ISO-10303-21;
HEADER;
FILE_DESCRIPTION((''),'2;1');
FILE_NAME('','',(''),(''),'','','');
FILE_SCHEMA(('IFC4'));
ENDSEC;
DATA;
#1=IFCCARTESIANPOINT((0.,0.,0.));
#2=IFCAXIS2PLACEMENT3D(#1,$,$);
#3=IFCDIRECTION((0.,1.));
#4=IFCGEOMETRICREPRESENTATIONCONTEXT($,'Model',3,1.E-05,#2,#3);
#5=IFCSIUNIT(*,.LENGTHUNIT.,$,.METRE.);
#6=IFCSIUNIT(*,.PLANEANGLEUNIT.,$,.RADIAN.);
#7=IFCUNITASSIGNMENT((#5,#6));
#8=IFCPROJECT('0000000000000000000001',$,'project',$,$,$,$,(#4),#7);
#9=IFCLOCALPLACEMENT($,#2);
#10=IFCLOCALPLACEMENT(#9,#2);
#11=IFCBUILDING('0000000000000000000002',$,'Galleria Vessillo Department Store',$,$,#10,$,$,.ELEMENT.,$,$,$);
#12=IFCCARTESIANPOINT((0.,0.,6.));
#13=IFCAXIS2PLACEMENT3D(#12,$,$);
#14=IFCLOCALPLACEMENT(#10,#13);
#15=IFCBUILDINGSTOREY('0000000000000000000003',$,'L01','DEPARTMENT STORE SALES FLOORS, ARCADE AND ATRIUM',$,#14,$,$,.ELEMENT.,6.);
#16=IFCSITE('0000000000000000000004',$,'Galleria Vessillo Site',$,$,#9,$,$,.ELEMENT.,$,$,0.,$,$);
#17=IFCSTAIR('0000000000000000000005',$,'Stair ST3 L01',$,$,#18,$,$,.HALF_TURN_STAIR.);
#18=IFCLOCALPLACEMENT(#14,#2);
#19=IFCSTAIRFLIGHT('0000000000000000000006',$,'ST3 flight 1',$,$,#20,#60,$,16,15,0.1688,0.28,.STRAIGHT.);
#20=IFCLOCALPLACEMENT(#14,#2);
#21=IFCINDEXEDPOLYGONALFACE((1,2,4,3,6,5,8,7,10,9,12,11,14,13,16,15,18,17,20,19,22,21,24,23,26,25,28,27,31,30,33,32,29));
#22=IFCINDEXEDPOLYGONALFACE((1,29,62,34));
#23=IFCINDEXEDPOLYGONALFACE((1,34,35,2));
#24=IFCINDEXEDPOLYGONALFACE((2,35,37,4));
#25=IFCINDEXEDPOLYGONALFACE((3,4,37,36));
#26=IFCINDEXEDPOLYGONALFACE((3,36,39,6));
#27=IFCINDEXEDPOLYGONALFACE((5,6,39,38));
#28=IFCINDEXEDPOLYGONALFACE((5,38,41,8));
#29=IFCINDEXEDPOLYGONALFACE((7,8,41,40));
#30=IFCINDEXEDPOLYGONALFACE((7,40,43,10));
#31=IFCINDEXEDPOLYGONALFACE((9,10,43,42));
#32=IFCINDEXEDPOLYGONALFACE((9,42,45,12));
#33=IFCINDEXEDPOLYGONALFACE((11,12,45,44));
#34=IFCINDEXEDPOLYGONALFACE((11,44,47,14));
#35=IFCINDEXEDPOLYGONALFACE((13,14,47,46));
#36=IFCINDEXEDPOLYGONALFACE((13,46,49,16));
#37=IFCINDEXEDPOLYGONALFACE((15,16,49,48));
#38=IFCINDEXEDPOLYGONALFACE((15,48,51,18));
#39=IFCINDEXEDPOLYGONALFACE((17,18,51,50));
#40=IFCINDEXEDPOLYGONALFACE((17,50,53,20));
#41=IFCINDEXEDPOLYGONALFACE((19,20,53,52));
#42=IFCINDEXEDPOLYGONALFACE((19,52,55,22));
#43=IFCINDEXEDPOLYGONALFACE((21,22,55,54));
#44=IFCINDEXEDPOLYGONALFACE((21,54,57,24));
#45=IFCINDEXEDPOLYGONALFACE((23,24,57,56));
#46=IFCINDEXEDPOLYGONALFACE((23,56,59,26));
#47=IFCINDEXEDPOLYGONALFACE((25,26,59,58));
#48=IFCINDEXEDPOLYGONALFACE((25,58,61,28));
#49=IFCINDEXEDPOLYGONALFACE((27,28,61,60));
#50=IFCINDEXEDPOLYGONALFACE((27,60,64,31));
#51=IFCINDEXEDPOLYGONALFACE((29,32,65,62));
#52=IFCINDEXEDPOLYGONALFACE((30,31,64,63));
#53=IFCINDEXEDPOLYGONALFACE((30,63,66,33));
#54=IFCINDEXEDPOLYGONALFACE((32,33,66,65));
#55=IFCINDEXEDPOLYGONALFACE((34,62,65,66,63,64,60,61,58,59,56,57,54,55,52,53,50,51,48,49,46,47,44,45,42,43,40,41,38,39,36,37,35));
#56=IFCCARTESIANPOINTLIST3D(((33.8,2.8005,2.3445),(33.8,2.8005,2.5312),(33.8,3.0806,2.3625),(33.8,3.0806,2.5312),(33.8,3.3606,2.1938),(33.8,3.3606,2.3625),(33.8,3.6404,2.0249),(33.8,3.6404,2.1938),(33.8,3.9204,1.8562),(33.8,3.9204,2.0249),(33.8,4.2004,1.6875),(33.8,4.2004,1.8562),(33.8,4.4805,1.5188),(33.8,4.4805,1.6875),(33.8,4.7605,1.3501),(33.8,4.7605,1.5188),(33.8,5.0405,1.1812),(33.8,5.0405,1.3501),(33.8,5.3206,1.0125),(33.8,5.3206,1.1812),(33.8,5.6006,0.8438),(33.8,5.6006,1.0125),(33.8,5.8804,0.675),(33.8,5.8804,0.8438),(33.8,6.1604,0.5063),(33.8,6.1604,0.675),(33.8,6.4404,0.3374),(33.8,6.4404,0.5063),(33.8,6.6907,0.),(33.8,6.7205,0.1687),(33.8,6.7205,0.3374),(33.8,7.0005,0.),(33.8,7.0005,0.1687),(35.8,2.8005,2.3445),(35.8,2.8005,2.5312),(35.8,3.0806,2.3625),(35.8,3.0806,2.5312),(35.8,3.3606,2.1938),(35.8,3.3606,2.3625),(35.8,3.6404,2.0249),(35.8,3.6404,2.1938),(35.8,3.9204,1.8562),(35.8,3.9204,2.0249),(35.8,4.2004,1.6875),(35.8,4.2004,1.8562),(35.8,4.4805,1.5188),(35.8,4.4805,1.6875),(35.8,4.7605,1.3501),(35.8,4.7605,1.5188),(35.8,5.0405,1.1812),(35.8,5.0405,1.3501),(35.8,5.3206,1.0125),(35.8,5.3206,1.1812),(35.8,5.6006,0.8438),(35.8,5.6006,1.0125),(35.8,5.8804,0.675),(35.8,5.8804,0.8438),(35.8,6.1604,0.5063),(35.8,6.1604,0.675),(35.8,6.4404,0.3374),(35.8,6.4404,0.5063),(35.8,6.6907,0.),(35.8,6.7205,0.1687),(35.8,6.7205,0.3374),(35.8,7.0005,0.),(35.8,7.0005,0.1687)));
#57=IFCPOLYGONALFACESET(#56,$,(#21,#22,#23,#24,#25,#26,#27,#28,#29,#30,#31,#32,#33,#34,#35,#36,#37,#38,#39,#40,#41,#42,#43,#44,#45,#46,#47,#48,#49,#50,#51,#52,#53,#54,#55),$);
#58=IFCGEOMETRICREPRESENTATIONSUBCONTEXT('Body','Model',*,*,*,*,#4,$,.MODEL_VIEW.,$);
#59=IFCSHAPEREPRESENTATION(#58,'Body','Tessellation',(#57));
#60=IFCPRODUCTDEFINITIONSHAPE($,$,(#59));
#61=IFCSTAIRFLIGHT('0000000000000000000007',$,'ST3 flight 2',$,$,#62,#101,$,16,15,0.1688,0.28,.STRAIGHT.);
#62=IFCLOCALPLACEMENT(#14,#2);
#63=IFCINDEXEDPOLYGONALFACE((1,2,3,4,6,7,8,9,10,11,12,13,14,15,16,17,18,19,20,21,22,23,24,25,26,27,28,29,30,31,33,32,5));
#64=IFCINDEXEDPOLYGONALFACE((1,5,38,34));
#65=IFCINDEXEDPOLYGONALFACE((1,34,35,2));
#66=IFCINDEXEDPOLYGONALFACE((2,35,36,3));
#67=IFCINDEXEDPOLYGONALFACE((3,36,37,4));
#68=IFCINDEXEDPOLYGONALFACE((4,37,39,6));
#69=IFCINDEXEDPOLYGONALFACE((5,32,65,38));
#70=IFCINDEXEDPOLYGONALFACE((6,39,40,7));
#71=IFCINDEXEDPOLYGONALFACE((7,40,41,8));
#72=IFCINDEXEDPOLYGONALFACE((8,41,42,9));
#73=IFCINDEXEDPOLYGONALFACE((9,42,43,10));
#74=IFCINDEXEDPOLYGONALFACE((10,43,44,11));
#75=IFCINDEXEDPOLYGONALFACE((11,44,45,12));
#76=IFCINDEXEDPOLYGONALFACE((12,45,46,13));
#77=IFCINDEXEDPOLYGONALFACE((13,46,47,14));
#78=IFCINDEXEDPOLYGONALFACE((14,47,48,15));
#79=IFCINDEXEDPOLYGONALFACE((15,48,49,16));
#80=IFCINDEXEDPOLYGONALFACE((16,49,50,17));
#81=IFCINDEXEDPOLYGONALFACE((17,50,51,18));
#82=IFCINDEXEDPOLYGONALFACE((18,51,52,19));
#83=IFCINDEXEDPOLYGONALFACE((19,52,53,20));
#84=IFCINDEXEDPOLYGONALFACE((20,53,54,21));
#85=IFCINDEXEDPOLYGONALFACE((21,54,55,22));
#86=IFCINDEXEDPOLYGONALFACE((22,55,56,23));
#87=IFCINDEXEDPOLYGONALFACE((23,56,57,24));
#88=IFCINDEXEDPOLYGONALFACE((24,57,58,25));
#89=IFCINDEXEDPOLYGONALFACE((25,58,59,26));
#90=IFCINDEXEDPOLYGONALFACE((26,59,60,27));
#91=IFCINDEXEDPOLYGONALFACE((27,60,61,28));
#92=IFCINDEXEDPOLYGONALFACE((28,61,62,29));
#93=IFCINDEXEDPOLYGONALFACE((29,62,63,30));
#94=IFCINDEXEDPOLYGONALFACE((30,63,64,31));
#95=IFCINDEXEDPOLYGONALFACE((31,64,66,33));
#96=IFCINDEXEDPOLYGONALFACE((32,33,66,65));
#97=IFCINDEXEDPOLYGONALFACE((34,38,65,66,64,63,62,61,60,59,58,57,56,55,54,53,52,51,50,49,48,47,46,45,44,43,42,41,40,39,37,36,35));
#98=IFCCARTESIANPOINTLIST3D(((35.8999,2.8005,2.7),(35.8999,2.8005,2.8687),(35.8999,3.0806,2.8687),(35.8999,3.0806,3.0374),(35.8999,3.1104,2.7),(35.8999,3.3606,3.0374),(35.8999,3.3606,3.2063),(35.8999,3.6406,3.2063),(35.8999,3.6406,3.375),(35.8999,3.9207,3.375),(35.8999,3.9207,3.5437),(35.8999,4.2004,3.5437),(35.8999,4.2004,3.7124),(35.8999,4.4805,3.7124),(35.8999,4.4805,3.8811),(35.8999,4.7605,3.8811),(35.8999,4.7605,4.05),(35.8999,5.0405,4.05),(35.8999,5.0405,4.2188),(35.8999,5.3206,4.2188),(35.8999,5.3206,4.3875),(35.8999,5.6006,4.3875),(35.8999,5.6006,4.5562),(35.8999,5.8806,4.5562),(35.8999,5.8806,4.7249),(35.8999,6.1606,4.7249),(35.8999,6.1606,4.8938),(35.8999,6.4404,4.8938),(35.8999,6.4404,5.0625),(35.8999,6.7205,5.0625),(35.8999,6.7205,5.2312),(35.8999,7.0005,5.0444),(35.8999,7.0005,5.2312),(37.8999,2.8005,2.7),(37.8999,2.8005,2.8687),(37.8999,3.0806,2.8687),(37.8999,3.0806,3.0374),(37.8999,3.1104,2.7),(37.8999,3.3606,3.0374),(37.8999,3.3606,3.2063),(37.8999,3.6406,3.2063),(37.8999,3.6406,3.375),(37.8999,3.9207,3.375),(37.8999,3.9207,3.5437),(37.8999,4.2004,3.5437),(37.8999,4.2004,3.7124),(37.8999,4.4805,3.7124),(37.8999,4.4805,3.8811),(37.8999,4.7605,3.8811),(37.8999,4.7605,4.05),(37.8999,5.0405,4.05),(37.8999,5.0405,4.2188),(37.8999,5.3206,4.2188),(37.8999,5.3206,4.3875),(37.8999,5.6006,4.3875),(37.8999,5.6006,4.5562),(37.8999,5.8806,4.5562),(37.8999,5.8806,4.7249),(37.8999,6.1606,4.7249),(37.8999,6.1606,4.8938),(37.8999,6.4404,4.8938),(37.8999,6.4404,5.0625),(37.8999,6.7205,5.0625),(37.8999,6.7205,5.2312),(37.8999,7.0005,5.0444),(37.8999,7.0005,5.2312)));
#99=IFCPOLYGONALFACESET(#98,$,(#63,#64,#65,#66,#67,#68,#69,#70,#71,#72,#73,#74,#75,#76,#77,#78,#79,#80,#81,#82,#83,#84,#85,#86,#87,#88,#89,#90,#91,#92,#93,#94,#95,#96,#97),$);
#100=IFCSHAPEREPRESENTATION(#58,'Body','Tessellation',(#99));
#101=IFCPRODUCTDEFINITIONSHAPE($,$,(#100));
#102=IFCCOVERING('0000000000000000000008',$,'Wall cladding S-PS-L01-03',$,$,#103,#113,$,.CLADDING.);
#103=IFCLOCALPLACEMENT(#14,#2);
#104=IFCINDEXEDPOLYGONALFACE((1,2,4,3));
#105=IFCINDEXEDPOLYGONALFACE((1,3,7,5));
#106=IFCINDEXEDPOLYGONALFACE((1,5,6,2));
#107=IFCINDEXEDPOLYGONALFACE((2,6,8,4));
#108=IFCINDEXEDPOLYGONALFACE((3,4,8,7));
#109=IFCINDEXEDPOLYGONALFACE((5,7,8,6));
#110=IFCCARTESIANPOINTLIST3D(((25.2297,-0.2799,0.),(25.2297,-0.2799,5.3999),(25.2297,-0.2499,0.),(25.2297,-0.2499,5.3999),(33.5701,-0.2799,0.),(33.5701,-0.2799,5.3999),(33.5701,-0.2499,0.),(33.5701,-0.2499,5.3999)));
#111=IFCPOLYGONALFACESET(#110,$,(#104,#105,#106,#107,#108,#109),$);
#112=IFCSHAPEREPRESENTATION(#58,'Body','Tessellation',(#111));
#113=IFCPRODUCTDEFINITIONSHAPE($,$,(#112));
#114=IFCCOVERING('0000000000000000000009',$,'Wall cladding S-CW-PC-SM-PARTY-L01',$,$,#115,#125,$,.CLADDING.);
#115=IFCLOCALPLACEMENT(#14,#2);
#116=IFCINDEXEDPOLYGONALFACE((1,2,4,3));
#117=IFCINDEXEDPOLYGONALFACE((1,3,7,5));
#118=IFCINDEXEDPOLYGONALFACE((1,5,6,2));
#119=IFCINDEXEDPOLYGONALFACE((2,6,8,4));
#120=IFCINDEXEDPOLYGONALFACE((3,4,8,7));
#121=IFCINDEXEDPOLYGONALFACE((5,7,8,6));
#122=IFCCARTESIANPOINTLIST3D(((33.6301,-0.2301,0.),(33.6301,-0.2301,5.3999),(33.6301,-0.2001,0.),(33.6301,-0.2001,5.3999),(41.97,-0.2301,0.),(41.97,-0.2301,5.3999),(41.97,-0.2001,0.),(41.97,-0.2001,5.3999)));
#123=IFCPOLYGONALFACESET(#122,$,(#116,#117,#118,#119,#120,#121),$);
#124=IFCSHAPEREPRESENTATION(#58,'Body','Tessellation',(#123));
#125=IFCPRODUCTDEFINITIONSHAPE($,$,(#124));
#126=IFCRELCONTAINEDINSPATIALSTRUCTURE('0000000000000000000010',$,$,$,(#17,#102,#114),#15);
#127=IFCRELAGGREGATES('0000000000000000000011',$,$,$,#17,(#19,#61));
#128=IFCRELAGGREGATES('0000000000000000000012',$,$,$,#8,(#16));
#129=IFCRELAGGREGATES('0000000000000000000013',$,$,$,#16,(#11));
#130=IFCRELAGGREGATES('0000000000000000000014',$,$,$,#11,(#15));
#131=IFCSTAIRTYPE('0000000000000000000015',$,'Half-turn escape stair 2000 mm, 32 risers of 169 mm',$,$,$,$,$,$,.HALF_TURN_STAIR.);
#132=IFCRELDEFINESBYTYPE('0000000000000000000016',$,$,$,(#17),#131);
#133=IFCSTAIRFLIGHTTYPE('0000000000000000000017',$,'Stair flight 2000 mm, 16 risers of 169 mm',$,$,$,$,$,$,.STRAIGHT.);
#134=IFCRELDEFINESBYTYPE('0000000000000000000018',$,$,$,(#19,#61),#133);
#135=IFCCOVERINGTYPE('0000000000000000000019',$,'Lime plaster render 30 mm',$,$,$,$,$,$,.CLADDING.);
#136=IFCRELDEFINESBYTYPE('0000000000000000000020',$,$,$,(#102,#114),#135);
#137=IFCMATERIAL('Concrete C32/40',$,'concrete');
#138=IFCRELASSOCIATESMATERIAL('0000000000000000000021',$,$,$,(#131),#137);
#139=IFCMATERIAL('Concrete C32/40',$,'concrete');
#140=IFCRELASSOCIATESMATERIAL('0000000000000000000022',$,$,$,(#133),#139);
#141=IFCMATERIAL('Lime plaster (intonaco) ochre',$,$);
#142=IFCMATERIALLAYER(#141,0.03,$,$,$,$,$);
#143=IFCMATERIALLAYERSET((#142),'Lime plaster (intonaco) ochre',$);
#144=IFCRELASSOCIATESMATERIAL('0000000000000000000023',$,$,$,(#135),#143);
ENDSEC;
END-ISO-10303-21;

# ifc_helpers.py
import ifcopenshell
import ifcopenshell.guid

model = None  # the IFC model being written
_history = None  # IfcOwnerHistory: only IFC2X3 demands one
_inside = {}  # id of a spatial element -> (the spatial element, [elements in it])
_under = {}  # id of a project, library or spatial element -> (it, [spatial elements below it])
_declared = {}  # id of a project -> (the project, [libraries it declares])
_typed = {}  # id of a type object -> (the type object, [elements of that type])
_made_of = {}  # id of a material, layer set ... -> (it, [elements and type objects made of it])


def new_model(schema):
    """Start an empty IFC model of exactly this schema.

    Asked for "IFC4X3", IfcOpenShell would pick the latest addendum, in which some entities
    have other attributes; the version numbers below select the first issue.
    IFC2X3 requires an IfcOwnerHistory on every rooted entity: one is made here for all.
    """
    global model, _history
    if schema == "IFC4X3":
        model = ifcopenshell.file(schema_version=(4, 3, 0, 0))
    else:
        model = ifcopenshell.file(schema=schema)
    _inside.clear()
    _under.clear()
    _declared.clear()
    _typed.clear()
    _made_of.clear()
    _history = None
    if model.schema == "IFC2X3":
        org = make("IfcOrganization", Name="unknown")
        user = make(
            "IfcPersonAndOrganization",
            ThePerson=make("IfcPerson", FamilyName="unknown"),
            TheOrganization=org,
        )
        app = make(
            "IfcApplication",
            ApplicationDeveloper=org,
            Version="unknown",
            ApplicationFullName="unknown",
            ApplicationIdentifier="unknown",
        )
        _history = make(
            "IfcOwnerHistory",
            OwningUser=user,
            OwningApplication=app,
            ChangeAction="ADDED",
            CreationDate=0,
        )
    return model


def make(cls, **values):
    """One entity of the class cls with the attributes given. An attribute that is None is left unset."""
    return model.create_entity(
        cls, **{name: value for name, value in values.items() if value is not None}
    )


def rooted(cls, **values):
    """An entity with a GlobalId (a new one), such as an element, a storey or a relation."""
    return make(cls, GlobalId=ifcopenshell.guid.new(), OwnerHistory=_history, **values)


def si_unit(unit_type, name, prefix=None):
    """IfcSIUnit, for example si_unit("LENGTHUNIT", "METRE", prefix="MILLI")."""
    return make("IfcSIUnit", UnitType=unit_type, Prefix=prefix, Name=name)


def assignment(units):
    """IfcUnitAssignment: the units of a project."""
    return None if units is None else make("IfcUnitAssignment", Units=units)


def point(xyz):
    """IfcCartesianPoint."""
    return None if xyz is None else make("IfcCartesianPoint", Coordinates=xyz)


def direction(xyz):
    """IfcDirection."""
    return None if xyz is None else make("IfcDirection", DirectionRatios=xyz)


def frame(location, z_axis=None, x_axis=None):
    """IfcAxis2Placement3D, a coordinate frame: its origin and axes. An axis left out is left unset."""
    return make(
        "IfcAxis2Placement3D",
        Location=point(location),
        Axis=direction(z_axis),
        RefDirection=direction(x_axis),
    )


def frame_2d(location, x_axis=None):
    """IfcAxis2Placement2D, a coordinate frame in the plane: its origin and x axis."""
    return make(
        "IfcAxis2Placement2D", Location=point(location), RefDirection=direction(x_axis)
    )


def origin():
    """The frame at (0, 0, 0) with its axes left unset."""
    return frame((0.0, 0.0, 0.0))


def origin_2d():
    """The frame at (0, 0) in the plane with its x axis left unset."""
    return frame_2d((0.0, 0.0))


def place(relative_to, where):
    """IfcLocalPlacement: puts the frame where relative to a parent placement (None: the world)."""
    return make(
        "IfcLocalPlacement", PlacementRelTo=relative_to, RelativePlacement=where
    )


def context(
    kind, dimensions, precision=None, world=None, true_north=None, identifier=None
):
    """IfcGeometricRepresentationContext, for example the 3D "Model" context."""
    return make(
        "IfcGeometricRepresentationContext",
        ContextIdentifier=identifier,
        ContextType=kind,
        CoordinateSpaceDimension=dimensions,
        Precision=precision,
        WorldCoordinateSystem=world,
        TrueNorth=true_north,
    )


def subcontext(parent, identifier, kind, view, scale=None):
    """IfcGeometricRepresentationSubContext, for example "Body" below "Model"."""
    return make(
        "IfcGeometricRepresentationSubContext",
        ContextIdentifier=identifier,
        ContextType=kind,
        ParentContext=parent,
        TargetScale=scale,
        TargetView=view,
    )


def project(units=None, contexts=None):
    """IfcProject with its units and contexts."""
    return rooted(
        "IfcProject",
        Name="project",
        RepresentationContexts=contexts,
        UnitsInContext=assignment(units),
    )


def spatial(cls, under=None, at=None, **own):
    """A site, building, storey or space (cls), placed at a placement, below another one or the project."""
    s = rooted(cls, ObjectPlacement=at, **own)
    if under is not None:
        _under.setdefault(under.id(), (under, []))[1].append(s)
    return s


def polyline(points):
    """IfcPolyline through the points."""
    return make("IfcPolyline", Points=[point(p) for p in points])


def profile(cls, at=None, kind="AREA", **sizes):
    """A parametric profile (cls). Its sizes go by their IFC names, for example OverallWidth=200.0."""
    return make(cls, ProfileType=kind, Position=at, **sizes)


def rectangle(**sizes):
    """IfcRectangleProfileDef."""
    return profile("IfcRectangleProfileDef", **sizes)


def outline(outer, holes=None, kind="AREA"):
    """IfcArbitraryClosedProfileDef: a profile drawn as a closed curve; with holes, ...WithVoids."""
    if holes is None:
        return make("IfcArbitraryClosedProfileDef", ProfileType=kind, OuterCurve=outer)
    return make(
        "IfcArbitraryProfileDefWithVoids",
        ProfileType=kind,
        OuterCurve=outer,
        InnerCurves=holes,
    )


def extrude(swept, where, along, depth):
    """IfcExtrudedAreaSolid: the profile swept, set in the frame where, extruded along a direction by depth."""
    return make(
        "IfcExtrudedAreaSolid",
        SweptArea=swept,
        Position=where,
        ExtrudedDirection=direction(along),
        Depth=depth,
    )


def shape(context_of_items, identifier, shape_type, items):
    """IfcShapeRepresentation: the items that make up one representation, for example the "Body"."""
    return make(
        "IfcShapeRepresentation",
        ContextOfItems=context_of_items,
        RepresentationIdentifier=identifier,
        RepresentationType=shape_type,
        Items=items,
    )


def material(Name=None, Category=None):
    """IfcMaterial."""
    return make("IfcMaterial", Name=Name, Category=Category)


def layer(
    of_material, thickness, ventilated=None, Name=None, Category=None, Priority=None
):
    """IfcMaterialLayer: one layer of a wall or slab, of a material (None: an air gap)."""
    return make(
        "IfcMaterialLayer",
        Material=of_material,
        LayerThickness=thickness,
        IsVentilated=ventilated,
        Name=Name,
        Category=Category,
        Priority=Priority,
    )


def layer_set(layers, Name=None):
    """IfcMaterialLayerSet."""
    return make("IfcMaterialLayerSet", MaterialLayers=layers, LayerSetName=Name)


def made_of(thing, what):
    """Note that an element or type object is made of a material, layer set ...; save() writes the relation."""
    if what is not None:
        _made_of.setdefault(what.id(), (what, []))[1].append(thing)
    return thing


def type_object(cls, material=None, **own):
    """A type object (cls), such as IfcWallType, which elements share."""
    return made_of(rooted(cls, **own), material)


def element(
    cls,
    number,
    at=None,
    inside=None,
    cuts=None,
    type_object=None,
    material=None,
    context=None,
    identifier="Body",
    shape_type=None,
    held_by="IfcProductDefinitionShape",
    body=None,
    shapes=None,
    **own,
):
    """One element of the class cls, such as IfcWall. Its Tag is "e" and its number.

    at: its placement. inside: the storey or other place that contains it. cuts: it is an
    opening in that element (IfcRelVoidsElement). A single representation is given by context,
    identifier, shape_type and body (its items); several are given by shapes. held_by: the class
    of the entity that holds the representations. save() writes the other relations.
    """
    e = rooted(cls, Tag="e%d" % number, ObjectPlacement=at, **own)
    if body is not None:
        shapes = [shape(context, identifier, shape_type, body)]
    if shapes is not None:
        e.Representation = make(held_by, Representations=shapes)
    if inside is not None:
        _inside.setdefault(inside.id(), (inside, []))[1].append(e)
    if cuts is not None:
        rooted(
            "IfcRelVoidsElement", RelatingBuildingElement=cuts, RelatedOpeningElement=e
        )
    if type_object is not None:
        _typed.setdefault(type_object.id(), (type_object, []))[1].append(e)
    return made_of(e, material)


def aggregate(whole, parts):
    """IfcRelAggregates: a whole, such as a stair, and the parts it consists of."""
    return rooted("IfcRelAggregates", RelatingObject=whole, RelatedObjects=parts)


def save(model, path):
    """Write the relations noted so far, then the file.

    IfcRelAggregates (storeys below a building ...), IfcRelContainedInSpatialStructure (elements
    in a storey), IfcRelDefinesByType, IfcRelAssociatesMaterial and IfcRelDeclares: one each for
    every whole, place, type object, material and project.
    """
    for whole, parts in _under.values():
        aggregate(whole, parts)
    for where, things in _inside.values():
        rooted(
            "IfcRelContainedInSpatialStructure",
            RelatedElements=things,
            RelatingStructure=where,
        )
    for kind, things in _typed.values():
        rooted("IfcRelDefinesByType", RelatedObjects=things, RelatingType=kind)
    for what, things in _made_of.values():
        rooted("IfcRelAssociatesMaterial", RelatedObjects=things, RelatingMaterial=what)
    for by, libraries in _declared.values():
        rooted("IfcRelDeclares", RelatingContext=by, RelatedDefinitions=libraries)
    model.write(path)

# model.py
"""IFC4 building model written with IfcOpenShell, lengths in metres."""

from ifc_helpers import new_model, si_unit, direction, frame, origin, origin_2d, place, context, subcontext, project, spatial, polyline, rectangle, outline, extrude, material, layer, layer_set, type_object, element, aggregate, save


model = new_model("IFC4")

# Units and contexts
model_context = context("Model", 3, precision=1e-05, world=origin(), true_north=direction((0.0, 1.0)))
body_context = subcontext(model_context, "Body", "Model", "MODEL_VIEW")
ifc_project = project(units=[si_unit("LENGTHUNIT", "METRE"), si_unit("PLANEANGLEUNIT", "RADIAN")], contexts=[model_context])

# Site, building, storey
site_placement = place(None, origin())
site = spatial("IfcSite", under=ifc_project, at=site_placement, Name="Galleria Vessillo Site", CompositionType="ELEMENT", RefElevation=0.0)
building_placement = place(site_placement, origin())
building = spatial("IfcBuilding", under=site, at=building_placement, Name="Galleria Vessillo Department Store", CompositionType="ELEMENT")
storey_placement = place(building_placement, frame((0.0, 0.0, 6.0)))
storey = spatial("IfcBuildingStorey", under=building, at=storey_placement, Name="L01", Description="DEPARTMENT STORE SALES FLOORS, ARCADE AND ATRIUM", CompositionType="ELEMENT", Elevation=6.0)

# Stair, stair flights
ifc_material_1 = material(Name="Concrete C32/40", Category="concrete")
stair_type = type_object("IfcStairType", Name="Half-turn escape stair 2000 mm, 32 risers of 169 mm", PredefinedType="HALF_TURN_STAIR", material=ifc_material_1)
stair_placement = place(storey_placement, origin())
stair = element("IfcStair", 1, at=stair_placement, inside=storey, type_object=stair_type, Name="Stair ST3 L01", PredefinedType="HALF_TURN_STAIR")
ifc_material_2 = material(Name="Concrete C32/40", Category="concrete")
stair_flight_type = type_object("IfcStairFlightType", Name="Stair flight 2000 mm, 16 risers of 169 mm", PredefinedType="STRAIGHT", material=ifc_material_2)
stair_flight_1_placement = place(storey_placement, frame((34.8, 7.0005, 0.0), z_axis=(0.0, 0.0, 1.0), x_axis=(0.0, -1.0, 0.0)))
stair_flight_1 = element("IfcStairFlight", 2, at=stair_flight_1_placement, type_object=stair_flight_type, Name="ST3 flight 1", NumberOfRisers=16, NumberOfTreads=15, PredefinedType="STRAIGHT", RiserHeight=0.1688, TreadLength=0.28, context=body_context, shape_type="SweptSolid", body=[
    extrude(outline(polyline([(0.0, 0.0), (0.0, 0.1687), (0.28, 0.1687), (0.28, 0.3374), (0.5601, 0.3374), (0.5601, 0.5063), (0.8401, 0.5063), (0.8401, 0.675), (1.1201, 0.675), (1.1201, 0.8438), (1.3999, 0.8438), (1.3999, 1.0125), (1.6799, 1.0125), (1.6799, 1.1812), (1.96, 1.1812), (1.96, 1.3501), (2.24, 1.3501), (2.24, 1.5188), (2.52, 1.5188), (2.52, 1.6875), (2.8, 1.6875), (2.8, 1.8562), (3.0801, 1.8562), (3.0801, 2.0249), (3.3601, 2.0249), (3.3601, 2.1938), (3.6399, 2.1938), (3.6399, 2.3625), (3.9199, 2.3625), (3.9199, 2.5312), (4.2, 2.5312), (4.2, 2.7), (4.2, 2.3445), (0.3098, 0.0), (0.0, 0.0)])), frame((0.0, 1.0, 0.0), z_axis=(0.0, -1.0, 0.0), x_axis=(1.0, 0.0, 0.0)), (0.0, 0.0, 1.0), 2.0),
])
stair_flight_2_placement = place(storey_placement, frame((36.8999, 2.8005, 2.7), z_axis=(0.0, 0.0, 1.0), x_axis=(0.0, 1.0, 0.0)))
stair_flight_2 = element("IfcStairFlight", 3, at=stair_flight_2_placement, type_object=stair_flight_type, Name="ST3 flight 2", NumberOfRisers=16, NumberOfTreads=15, PredefinedType="STRAIGHT", RiserHeight=0.1688, TreadLength=0.28, context=body_context, shape_type="SweptSolid", body=[
    extrude(outline(polyline([(0.0, 0.0), (0.0, 0.1687), (0.28, 0.1687), (0.28, 0.3374), (0.5601, 0.3374), (0.5601, 0.5063), (0.8401, 0.5063), (0.8401, 0.675), (1.1201, 0.675), (1.1201, 0.8438), (1.3999, 0.8438), (1.3999, 1.0125), (1.6799, 1.0125), (1.6799, 1.1812), (1.96, 1.1812), (1.96, 1.3501), (2.24, 1.3501), (2.24, 1.5188), (2.52, 1.5188), (2.52, 1.6875), (2.8, 1.6875), (2.8, 1.8562), (3.0801, 1.8562), (3.0801, 2.0249), (3.3601, 2.0249), (3.3601, 2.1938), (3.6399, 2.1938), (3.6399, 2.3625), (3.9199, 2.3625), (3.9199, 2.5312), (4.2, 2.5312), (4.2, 2.7), (4.2, 2.3445), (0.3098, 0.0), (0.0, 0.0)])), frame((0.0, 1.0, 0.0), z_axis=(0.0, -1.0, 0.0), x_axis=(1.0, 0.0, 0.0)), (0.0, 0.0, 1.0), 2.0),
])
aggregate(stair, [stair_flight_1, stair_flight_2])

# Coverings
ifc_material_3 = material(Name="Lime plaster (intonaco) ochre")
ifc_layer_1 = layer(ifc_material_3, 0.03)
ifc_layer_set_1 = layer_set([ifc_layer_1], Name="Lime plaster (intonaco) ochre")
covering_type = type_object("IfcCoveringType", Name="Lime plaster render 30 mm", PredefinedType="CLADDING", material=ifc_layer_set_1)
covering_1_placement = place(storey_placement, frame((29.3999, -0.2649, 0.0), z_axis=(0.0, 0.0, 1.0), x_axis=(1.0, 0.0, 0.0)))
element("IfcCovering", 4, at=covering_1_placement, inside=storey, type_object=covering_type, Name="Wall cladding S-PS-L01-03", PredefinedType="CLADDING", context=body_context, shape_type="SweptSolid", body=[
    extrude(rectangle(XDim=8.3403, YDim=0.03, at=origin_2d()), origin(), (0.0, 0.0, 1.0), 5.3999),
])
covering_2_placement = place(storey_placement, frame((37.8, -0.2151, 0.0), z_axis=(0.0, 0.0, 1.0), x_axis=(1.0, 0.0, 0.0)))
element("IfcCovering", 5, at=covering_2_placement, inside=storey, type_object=covering_type, Name="Wall cladding S-CW-PC-SM-PARTY-L01", PredefinedType="CLADDING", context=body_context, shape_type="SweptSolid", body=[
    extrude(rectangle(XDim=8.3398, YDim=0.03, at=origin_2d()), origin(), (0.0, 0.0, 1.0), 5.3999),
])

save(model, "model.ifc")
